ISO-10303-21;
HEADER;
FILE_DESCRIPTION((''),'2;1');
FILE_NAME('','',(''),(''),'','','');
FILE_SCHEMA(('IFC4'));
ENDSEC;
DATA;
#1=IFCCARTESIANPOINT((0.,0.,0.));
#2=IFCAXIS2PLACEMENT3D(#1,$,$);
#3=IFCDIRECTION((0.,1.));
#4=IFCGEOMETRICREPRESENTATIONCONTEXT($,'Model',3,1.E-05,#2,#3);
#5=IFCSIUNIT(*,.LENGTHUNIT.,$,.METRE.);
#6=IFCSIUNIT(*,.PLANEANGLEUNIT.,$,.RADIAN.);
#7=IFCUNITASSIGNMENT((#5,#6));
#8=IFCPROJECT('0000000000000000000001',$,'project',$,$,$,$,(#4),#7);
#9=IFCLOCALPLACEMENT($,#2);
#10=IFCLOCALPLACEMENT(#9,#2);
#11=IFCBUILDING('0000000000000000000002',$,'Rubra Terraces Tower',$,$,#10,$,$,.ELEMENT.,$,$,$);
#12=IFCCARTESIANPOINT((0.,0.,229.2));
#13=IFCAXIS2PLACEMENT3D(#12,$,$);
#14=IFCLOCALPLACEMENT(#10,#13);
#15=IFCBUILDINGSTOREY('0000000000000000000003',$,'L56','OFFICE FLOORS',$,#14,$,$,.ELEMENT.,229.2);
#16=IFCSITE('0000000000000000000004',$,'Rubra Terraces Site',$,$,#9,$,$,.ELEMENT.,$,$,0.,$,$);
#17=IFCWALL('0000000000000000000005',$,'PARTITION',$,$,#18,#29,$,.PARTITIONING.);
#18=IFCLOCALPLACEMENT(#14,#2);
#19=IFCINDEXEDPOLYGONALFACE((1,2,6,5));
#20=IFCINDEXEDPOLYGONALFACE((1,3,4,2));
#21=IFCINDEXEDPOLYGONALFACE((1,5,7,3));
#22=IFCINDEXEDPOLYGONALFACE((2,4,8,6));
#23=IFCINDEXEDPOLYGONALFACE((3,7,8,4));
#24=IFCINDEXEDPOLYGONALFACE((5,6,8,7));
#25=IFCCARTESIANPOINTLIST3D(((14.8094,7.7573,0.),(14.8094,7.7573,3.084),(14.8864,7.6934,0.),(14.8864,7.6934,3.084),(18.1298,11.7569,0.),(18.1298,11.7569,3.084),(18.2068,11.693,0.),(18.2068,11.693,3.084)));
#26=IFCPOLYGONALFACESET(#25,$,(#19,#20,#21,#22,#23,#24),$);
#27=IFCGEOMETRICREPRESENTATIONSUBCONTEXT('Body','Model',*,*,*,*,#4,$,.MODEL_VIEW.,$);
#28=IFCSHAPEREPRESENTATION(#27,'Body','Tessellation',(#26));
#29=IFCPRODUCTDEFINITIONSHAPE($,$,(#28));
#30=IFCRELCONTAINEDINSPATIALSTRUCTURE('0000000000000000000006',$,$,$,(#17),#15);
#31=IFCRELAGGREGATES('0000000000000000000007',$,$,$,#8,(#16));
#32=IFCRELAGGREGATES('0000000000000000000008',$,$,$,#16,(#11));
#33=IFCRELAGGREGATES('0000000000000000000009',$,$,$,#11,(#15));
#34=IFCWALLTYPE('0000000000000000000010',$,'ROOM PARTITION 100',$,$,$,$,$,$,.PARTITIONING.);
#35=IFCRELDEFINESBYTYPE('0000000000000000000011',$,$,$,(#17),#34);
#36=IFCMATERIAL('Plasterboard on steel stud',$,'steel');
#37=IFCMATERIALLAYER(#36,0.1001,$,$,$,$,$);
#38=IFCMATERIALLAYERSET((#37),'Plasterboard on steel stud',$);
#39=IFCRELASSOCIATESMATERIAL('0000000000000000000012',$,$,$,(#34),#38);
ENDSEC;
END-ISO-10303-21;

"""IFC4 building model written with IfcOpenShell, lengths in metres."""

from ifc_helpers import new_model, si_unit, direction, frame, frame_2d, origin, place, context, subcontext, project, spatial, rectangle, extrude, material, layer, layer_set, type_object, element, save


model = new_model("IFC4")

# Units and contexts
model_context = context("Model", 3, precision=1e-05, world=origin(), true_north=direction((0.0, 1.0)))
body_context = subcontext(model_context, "Body", "Model", "MODEL_VIEW")
ifc_project = project(units=[si_unit("LENGTHUNIT", "METRE"), si_unit("PLANEANGLEUNIT", "RADIAN")], contexts=[model_context])

# Site, building, storey
site_placement = place(None, origin())
site = spatial("IfcSite", under=ifc_project, at=site_placement, Name="Rubra Terraces Site", CompositionType="ELEMENT", RefElevation=0.0)
building_placement = place(site_placement, origin())
building = spatial("IfcBuilding", under=site, at=building_placement, Name="Rubra Terraces Tower", CompositionType="ELEMENT")
storey_placement = place(building_placement, frame((0.0, 0.0, 229.2)))
storey = spatial("IfcBuildingStorey", under=building, at=storey_placement, Name="L56", Description="OFFICE FLOORS", CompositionType="ELEMENT", Elevation=229.2)

# Wall
ifc_material_1 = material(Name="Plasterboard on steel stud", Category="steel")
ifc_layer_1 = layer(ifc_material_1, 0.1001)
ifc_layer_set_1 = layer_set([ifc_layer_1], Name="Plasterboard on steel stud")
wall_type_1 = type_object("IfcWallType", Name="ROOM PARTITION 100", PredefinedType="PARTITIONING", material=ifc_layer_set_1)
wall_1_placement = place(storey_placement, frame((14.8479, 7.7253, 0.0), z_axis=(0.0, 0.0, 1.0), x_axis=(0.638751, 0.769413, 0.0)))
element("IfcWall", 1, at=wall_1_placement, inside=storey, type_object=wall_type_1, Name="PARTITION", PredefinedType="PARTITIONING", context=body_context, shape_type="SweptSolid", body=[
    extrude(rectangle(XDim=5.1982, YDim=0.1001, at=frame_2d((2.5991, 0.0))), origin(), (0.0, 0.0, 1.0), 3.084),
])

save(model, "model.ifc")
